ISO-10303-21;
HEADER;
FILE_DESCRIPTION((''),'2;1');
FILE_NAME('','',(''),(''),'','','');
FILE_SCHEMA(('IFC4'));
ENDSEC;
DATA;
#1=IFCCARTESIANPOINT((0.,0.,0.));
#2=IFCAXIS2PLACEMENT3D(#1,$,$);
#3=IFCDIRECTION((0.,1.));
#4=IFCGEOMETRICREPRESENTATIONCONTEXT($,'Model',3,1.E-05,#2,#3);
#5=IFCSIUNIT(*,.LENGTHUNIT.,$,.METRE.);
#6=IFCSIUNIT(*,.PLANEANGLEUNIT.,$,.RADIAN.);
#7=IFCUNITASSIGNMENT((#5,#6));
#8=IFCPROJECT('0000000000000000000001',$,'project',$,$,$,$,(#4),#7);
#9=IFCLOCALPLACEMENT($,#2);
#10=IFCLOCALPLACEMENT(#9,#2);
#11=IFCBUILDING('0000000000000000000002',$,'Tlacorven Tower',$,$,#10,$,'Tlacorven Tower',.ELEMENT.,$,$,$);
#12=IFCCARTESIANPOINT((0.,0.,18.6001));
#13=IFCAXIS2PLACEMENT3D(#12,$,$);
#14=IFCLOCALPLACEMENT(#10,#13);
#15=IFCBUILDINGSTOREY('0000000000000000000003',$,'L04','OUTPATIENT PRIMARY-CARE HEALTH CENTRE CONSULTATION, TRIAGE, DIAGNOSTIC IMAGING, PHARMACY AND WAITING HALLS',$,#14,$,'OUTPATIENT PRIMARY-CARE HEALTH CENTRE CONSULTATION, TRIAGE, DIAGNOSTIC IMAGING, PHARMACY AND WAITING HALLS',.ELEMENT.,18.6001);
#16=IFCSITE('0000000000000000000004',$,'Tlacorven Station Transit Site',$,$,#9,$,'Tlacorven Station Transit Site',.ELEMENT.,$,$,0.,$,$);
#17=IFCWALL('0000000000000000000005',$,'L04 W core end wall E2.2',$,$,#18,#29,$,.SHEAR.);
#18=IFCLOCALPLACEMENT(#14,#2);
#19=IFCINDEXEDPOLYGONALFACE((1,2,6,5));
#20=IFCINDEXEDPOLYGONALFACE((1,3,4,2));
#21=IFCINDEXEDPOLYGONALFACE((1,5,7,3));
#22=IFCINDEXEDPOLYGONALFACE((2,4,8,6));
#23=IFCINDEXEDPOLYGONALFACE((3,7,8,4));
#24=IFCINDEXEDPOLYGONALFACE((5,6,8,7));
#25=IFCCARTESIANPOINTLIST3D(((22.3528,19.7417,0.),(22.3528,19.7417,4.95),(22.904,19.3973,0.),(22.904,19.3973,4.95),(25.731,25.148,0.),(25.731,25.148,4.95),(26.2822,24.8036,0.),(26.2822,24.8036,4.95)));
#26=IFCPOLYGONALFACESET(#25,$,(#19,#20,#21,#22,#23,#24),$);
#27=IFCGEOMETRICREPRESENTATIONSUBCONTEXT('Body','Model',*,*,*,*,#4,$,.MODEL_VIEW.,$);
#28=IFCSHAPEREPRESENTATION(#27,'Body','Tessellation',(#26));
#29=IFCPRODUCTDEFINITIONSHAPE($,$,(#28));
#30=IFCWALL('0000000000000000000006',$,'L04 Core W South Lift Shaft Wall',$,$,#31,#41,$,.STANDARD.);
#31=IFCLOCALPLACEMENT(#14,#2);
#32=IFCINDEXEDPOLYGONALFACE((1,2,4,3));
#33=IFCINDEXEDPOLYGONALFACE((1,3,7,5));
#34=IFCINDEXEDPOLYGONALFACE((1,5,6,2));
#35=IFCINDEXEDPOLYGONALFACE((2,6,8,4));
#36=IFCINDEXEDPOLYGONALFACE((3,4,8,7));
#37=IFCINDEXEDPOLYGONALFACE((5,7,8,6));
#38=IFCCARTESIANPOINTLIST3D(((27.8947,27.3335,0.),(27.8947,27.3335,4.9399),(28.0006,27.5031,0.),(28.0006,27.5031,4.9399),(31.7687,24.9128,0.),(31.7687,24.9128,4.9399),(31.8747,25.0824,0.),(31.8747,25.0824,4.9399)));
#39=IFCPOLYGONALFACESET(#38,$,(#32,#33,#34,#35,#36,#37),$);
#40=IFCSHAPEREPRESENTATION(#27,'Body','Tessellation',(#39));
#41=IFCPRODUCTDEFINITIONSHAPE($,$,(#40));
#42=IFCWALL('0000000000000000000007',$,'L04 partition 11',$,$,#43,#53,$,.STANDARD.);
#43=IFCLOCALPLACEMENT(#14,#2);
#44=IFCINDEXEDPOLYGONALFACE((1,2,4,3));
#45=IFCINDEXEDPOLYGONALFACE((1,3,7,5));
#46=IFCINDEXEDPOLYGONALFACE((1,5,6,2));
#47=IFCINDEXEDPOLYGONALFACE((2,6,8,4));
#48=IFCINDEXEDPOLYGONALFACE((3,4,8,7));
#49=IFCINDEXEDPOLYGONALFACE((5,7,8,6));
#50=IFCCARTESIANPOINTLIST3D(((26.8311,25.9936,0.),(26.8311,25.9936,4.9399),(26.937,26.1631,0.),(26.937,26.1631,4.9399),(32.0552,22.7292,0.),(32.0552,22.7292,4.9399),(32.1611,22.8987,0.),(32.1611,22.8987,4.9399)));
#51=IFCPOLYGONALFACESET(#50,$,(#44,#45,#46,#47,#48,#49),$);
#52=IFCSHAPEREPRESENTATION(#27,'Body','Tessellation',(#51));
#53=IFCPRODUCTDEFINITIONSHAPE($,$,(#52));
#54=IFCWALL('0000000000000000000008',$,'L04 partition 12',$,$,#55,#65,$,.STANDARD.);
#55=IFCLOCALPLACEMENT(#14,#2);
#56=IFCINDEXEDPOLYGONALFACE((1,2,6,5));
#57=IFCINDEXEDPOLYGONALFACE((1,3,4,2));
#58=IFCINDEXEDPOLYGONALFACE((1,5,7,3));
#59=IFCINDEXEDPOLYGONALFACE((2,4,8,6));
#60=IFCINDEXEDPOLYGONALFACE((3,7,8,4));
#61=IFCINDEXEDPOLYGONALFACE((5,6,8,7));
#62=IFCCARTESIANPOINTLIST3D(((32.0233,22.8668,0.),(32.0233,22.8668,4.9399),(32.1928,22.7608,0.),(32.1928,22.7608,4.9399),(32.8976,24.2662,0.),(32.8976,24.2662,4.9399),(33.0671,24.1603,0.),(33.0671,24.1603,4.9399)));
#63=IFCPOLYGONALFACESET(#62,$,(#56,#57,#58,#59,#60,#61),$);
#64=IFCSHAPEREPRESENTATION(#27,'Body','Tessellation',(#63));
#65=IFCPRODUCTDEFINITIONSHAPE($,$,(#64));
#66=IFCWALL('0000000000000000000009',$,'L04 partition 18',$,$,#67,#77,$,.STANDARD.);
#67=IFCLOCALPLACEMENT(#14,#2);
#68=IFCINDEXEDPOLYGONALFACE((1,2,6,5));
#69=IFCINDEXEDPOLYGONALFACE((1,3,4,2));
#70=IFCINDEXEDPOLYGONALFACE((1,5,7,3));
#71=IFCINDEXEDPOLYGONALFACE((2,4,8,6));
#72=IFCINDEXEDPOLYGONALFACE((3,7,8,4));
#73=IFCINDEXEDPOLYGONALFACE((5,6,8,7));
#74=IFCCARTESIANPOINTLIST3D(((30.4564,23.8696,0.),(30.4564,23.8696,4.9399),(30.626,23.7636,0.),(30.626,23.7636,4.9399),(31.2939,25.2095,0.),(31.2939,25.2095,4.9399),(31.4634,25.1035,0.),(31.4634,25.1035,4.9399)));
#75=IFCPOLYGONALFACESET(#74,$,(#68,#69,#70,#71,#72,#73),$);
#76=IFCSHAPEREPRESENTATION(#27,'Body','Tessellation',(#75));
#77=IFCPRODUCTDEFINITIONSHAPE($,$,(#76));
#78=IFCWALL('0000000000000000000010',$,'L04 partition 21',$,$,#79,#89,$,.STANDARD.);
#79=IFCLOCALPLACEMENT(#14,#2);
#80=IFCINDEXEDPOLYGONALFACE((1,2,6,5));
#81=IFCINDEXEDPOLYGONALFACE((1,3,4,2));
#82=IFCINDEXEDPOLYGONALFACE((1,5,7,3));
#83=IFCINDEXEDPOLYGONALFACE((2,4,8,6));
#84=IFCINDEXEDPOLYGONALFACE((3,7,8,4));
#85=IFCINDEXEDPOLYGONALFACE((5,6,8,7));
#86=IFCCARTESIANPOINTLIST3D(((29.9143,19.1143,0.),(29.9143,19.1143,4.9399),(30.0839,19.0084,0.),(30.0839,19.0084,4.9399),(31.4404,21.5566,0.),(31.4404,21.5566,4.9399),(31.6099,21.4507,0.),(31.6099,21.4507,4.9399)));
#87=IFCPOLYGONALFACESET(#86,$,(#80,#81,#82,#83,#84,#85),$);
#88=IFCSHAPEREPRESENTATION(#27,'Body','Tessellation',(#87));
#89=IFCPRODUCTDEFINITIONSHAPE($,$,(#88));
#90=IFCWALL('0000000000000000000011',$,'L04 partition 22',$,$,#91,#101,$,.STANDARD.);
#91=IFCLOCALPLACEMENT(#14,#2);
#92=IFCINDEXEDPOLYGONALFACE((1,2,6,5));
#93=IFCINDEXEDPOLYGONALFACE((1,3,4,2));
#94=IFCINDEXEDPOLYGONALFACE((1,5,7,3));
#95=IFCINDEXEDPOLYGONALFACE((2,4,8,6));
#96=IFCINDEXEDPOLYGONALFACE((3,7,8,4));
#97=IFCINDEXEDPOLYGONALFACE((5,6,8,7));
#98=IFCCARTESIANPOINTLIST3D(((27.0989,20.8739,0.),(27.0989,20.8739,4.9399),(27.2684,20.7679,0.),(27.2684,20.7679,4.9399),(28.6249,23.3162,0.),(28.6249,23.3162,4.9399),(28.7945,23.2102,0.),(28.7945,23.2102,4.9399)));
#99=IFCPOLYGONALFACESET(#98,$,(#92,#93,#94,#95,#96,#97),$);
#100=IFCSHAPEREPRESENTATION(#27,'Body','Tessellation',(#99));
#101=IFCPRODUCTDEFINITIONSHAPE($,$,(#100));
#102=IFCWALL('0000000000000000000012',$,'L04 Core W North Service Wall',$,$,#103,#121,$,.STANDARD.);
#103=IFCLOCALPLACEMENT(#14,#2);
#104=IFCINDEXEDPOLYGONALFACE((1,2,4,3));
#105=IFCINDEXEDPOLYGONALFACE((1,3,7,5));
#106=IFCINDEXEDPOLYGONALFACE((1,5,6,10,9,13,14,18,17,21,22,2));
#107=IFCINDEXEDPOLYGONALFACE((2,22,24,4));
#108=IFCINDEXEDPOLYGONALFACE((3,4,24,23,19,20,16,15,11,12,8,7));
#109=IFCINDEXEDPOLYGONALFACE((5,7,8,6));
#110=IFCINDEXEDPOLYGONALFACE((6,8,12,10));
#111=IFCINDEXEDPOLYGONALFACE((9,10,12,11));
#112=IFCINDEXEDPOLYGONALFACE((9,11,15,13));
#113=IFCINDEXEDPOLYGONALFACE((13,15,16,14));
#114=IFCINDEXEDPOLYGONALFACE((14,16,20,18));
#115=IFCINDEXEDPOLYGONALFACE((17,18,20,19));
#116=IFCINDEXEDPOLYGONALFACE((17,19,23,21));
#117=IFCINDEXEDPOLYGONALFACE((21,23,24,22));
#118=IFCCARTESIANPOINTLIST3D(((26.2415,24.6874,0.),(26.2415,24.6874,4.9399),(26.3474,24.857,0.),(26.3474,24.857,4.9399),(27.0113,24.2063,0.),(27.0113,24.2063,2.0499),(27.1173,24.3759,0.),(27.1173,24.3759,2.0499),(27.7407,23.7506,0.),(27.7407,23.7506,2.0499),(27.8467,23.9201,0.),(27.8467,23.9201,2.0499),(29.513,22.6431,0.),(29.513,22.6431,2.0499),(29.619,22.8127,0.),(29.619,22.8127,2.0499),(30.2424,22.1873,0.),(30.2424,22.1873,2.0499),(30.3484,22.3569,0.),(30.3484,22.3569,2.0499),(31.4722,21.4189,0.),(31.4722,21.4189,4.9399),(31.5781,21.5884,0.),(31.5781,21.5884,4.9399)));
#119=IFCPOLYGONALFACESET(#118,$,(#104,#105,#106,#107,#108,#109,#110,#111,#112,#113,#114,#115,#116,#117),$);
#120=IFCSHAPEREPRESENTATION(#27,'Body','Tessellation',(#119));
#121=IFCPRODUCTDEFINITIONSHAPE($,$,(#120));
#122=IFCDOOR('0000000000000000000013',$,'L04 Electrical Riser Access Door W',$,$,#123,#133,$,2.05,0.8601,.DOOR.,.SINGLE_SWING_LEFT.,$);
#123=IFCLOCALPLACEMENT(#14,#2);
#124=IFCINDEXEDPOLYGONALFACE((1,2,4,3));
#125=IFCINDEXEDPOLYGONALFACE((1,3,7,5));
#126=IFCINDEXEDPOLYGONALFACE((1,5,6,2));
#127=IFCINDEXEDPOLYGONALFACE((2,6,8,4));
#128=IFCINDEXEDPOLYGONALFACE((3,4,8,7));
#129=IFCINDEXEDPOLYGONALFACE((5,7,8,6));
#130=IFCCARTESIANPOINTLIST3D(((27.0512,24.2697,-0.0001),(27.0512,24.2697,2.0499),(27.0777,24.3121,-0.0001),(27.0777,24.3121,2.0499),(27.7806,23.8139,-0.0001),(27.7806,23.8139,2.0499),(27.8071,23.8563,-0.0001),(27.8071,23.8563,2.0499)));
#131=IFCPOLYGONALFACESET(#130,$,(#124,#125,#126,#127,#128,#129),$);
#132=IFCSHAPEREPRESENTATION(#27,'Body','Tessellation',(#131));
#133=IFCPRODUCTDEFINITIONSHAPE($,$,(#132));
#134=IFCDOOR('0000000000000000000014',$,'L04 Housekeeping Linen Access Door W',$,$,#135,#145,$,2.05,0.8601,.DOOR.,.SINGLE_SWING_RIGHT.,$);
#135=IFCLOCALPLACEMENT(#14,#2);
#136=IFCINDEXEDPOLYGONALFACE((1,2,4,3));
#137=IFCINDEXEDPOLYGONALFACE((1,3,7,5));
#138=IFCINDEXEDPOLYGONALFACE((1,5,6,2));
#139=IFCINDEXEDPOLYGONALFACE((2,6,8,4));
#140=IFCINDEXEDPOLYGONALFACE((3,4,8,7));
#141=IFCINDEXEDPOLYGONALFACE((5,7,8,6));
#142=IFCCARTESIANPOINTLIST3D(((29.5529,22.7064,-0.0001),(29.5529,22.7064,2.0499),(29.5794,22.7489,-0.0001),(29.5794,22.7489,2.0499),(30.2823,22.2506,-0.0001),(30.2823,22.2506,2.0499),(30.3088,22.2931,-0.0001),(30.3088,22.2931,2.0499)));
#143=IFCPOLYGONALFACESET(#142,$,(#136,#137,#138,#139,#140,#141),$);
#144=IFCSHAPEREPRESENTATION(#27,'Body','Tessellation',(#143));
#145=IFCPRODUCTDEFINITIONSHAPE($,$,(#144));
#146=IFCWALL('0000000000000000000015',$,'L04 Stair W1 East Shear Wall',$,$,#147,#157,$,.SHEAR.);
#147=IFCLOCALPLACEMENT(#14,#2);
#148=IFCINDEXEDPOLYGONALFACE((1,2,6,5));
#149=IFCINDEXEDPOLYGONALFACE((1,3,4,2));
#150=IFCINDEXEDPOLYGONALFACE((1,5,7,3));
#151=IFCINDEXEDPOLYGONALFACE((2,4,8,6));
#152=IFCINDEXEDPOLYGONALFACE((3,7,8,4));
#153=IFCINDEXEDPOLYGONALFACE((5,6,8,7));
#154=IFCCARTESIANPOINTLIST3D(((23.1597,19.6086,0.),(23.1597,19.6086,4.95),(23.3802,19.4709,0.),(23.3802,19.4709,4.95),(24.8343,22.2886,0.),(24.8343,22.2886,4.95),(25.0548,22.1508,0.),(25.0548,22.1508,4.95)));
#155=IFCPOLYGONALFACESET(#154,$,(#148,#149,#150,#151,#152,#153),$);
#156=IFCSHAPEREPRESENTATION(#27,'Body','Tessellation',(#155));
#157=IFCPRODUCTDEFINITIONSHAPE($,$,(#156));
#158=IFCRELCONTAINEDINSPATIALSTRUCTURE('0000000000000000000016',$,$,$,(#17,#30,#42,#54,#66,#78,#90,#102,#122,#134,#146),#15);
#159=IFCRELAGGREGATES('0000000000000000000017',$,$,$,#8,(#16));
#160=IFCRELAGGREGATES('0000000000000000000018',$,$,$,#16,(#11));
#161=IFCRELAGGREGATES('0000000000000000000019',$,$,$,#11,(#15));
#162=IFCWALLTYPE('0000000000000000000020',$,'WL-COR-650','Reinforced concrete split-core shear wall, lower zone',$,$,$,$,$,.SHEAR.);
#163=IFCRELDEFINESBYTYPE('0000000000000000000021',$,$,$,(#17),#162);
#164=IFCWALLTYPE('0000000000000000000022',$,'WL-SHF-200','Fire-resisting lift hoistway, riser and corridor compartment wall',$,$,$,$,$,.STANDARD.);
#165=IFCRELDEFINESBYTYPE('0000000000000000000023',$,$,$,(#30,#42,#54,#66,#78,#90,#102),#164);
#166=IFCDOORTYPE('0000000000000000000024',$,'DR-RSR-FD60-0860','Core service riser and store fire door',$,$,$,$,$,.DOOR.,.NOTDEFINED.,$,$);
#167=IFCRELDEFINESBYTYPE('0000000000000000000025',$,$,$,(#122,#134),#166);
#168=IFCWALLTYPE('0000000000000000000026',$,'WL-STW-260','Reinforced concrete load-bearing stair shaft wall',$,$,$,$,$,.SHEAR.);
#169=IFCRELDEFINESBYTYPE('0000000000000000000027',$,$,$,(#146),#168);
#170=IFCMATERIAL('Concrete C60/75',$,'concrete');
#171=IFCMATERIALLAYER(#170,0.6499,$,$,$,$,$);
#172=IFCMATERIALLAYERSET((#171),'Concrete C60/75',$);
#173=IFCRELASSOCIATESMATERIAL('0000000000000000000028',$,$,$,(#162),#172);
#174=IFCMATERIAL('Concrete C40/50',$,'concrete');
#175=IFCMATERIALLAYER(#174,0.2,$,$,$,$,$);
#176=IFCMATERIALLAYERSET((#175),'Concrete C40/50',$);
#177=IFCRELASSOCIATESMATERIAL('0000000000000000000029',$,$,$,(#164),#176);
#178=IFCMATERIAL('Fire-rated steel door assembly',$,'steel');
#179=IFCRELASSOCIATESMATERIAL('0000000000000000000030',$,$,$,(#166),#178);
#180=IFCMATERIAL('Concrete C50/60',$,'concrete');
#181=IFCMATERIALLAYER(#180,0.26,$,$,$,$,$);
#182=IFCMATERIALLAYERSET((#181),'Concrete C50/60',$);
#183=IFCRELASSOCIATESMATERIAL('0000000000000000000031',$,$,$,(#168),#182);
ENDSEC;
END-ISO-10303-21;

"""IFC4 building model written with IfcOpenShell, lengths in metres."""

from ifc_helpers import new_model, si_unit, direction, frame, frame_2d, origin, place, context, subcontext, project, spatial, rectangle, extrude, source, transform, mapped, material, layer, layer_set, type_object, element, fill, save


model = new_model("IFC4")

# Units and contexts
model_context = context("Model", 3, precision=1e-05, world=origin(), true_north=direction((0.0, 1.0)))
body_context = subcontext(model_context, "Body", "Model", "MODEL_VIEW")
ifc_project = project(units=[si_unit("LENGTHUNIT", "METRE"), si_unit("PLANEANGLEUNIT", "RADIAN")], contexts=[model_context])

# Site, building, storey
site_placement = place(None, origin())
site = spatial("IfcSite", under=ifc_project, at=site_placement, Name="Tlacorven Station Transit Site", LongName="Tlacorven Station Transit Site", CompositionType="ELEMENT", RefElevation=0.0)
building_placement = place(site_placement, origin())
building = spatial("IfcBuilding", under=site, at=building_placement, Name="Tlacorven Tower", LongName="Tlacorven Tower", CompositionType="ELEMENT")
storey_placement = place(building_placement, frame((0.0, 0.0, 18.6001)))
storey = spatial("IfcBuildingStorey", under=building, at=storey_placement, Name="L04", Description="OUTPATIENT PRIMARY-CARE HEALTH CENTRE CONSULTATION, TRIAGE, DIAGNOSTIC IMAGING, PHARMACY AND WAITING HALLS", LongName="OUTPATIENT PRIMARY-CARE HEALTH CENTRE CONSULTATION, TRIAGE, DIAGNOSTIC IMAGING, PHARMACY AND WAITING HALLS", CompositionType="ELEMENT", Elevation=18.6001)

# Walls
ifc_material_1 = material(Name="Concrete C60/75", Category="concrete")
ifc_layer_1 = layer(ifc_material_1, 0.6499)
ifc_layer_set_1 = layer_set([ifc_layer_1], Name="Concrete C60/75")
wall_type_1 = type_object("IfcWallType", Name="WL-COR-650", Description="Reinforced concrete split-core shear wall, lower zone", PredefinedType="SHEAR", material=ifc_layer_set_1)
wall_1_placement = place(storey_placement, frame((26.0066, 24.9758, 0.0), z_axis=(0.0, 0.0, 1.0), x_axis=(-0.529916, -0.84805, 0.0)))
element("IfcWall", 1, at=wall_1_placement, inside=storey, type_object=wall_type_1, Name="L04 W core end wall E2.2", PredefinedType="SHEAR", context=body_context, shape_type="SweptSolid", body=[
    extrude(rectangle(XDim=6.375, YDim=0.6499, at=frame_2d((3.1875, 0.0))), origin(), (0.0, 0.0, 1.0), 4.95),
])
ifc_material_2 = material(Name="Concrete C40/50", Category="concrete")
ifc_layer_2 = layer(ifc_material_2, 0.2)
ifc_layer_set_2 = layer_set([ifc_layer_2], Name="Concrete C40/50")
wall_type_2 = type_object("IfcWallType", Name="WL-SHF-200", Description="Fire-resisting lift hoistway, riser and corridor compartment wall", PredefinedType="STANDARD", material=ifc_layer_set_2)
wall_2_placement = place(storey_placement, frame((31.8218, 24.9976, 0.0), z_axis=(0.0, 0.0, 1.0), x_axis=(-0.848058, 0.529903, 0.0)))
element("IfcWall", 2, at=wall_2_placement, inside=storey, type_object=wall_type_2, Name="L04 Core W South Lift Shaft Wall", PredefinedType="STANDARD", context=body_context, shape_type="SweptSolid", body=[
    extrude(rectangle(XDim=4.5681, YDim=0.2, at=frame_2d((2.2842, 0.0))), origin(), (0.0, 0.0, 1.0), 4.9399),
])
wall_3_placement = place(storey_placement, frame((32.1082, 22.814, 0.0), z_axis=(0.0, 0.0, 1.0), x_axis=(-0.848047, 0.529921, 0.0)))
element("IfcWall", 3, at=wall_3_placement, inside=storey, type_object=wall_type_2, Name="L04 partition 11", PredefinedType="STANDARD", context=body_context, shape_type="SweptSolid", body=[
    extrude(rectangle(XDim=6.1602, YDim=0.2, at=frame_2d((3.0801, 0.0))), origin(), (0.0, 0.0, 1.0), 4.9399),
])
wall_4_placement = place(storey_placement, frame((32.9824, 24.2134, 0.0), z_axis=(0.0, 0.0, 1.0), x_axis=(-0.529839, -0.848098, 0.0)))
element("IfcWall", 4, at=wall_4_placement, inside=storey, type_object=wall_type_2, Name="L04 partition 12", PredefinedType="STANDARD", context=body_context, shape_type="SweptSolid", body=[
    extrude(rectangle(XDim=1.6501, YDim=0.2, at=frame_2d((0.8252, 0.0))), origin(), (0.0, 0.0, 1.0), 4.9399),
])
wall_5_placement = place(storey_placement, frame((31.3787, 25.1565, 0.0), z_axis=(0.0, 0.0, 1.0), x_axis=(-0.529999, -0.847998, 0.0)))
element("IfcWall", 5, at=wall_5_placement, inside=storey, type_object=wall_type_2, Name="L04 partition 18", PredefinedType="STANDARD", context=body_context, shape_type="SweptSolid", body=[
    extrude(rectangle(XDim=1.5801, YDim=0.2, at=frame_2d((0.79, 0.0))), origin(), (0.0, 0.0, 1.0), 4.9399),
])
for number, where, z_axis, x_axis, name in (
    (6, (31.5251, 21.5037, 0.0), (0.0, 0.0, 1.0), (-0.529907, -0.848055, 0.0), "L04 partition 21"),
    (7, (28.7097, 23.2632, 0.0), (0.0, 0.0, 1.0), (-0.529907, -0.848055, 0.0), "L04 partition 22"),
):
    element("IfcWall", number, at=place(storey_placement, frame(where, z_axis=z_axis, x_axis=x_axis)), inside=storey, type_object=wall_type_2, Name=name, PredefinedType="STANDARD", context=body_context, shape_type="SweptSolid", body=[
        extrude(rectangle(XDim=2.8799, YDim=0.2, at=frame_2d((1.4399, 0.0))), origin(), (0.0, 0.0, 1.0), 4.9399),
    ])

# Wall, openings, doors
wall_6_placement = place(storey_placement, frame((31.5251, 21.5037, 0.0), z_axis=(0.0, 0.0, 1.0), x_axis=(-0.848045, 0.529924, 0.0)))
wall_6 = element("IfcWall", 8, at=wall_6_placement, inside=storey, type_object=wall_type_2, Name="L04 Core W North Service Wall", PredefinedType="STANDARD", context=body_context, shape_type="SweptSolid", body=[
    extrude(rectangle(XDim=6.168, YDim=0.2, at=frame_2d((3.084, 0.0))), origin(), (0.0, 0.0, 1.0), 4.9399),
])
opening_1_placement = place(wall_6_placement, frame((4.3999, 0.0, 0.0)))
opening_1 = element("IfcOpeningElement", 9, at=opening_1_placement, cuts=wall_6, PredefinedType="OPENING", context=body_context, shape_type="SweptSolid", body=[
    extrude(rectangle(XDim=0.8601, YDim=2.05, at=frame_2d((0.4302, 1.0249))), frame((0.0, 0.1099, 0.0), z_axis=(0.0, -1.0, 0.0), x_axis=(1.0, 0.0, 0.0)), (0.0, 0.0, 1.0), 0.22),
])
opening_2_placement = place(wall_6_placement, frame((1.45, 0.0, 0.0)))
opening_2 = element("IfcOpeningElement", 10, at=opening_2_placement, cuts=wall_6, PredefinedType="OPENING", context=body_context, shape_type="SweptSolid", body=[
    extrude(rectangle(XDim=0.8601, YDim=2.05, at=frame_2d((0.4302, 1.0249))), frame((0.0, 0.1099, 0.0), z_axis=(0.0, -1.0, 0.0), x_axis=(1.0, 0.0, 0.0)), (0.0, 0.0, 1.0), 0.22),
])
ifc_material_3 = material(Name="Fire-rated steel door assembly", Category="steel")
door_type = type_object("IfcDoorType", Name="DR-RSR-FD60-0860", Description="Core service riser and store fire door", OperationType="NOTDEFINED", PredefinedType="DOOR", material=ifc_material_3)
shared_shape_1 = source(origin(), body_context, "Body", "SweptSolid", [
    extrude(rectangle(XDim=0.8601, YDim=2.05, at=frame_2d((0.4302, 1.0249))), frame((0.0, 0.0249, 0.0), z_axis=(0.0, -1.0, 0.0), x_axis=(1.0, 0.0, 0.0)), (0.0, 0.0, 1.0), 0.05),
])
door_1_placement = place(opening_1_placement, frame((0.8601, 0.0, 0.0), z_axis=(0.0, 0.0, 1.0), x_axis=(-1.0, 0.0, 0.0)))
door_1 = element("IfcDoor", 11, at=door_1_placement, inside=storey, type_object=door_type, Name="L04 Electrical Riser Access Door W", OperationType="SINGLE_SWING_LEFT", OverallHeight=2.05, OverallWidth=0.8601, PredefinedType="DOOR", context=body_context, shape_type="MappedRepresentation", body=[
    mapped(shared_shape_1, transform((0.0, 0.0, 0.0), scale=1.0)),
])
fill(opening_1, door_1)
door_2_placement = place(opening_2_placement, frame((0.8601, 0.0, 0.0), z_axis=(0.0, 0.0, 1.0), x_axis=(-1.0, 0.0, 0.0)))
door_2 = element("IfcDoor", 12, at=door_2_placement, inside=storey, type_object=door_type, Name="L04 Housekeeping Linen Access Door W", OperationType="SINGLE_SWING_RIGHT", OverallHeight=2.05, OverallWidth=0.8601, PredefinedType="DOOR", context=body_context, shape_type="MappedRepresentation", body=[
    mapped(shared_shape_1, transform((0.0, 0.0, 0.0), scale=1.0)),
])
fill(opening_2, door_2)

# Wall
ifc_material_4 = material(Name="Concrete C50/60", Category="concrete")
ifc_layer_3 = layer(ifc_material_4, 0.26)
ifc_layer_set_3 = layer_set([ifc_layer_3], Name="Concrete C50/60")
wall_type_3 = type_object("IfcWallType", Name="WL-STW-260", Description="Reinforced concrete load-bearing stair shaft wall", PredefinedType="SHEAR", material=ifc_layer_set_3)
wall_7_placement = place(storey_placement, frame((24.9446, 22.2197, 0.0), z_axis=(0.0, 0.0, 1.0), x_axis=(-0.529909, -0.848055, 0.0)))
element("IfcWall", 13, at=wall_7_placement, inside=storey, type_object=wall_type_3, Name="L04 Stair W1 East Shear Wall", PredefinedType="SHEAR", context=body_context, shape_type="SweptSolid", body=[
    extrude(rectangle(XDim=3.1602, YDim=0.26, at=frame_2d((1.5801, 0.0))), origin(), (0.0, 0.0, 1.0), 4.95),
])

save(model, "model.ifc")
